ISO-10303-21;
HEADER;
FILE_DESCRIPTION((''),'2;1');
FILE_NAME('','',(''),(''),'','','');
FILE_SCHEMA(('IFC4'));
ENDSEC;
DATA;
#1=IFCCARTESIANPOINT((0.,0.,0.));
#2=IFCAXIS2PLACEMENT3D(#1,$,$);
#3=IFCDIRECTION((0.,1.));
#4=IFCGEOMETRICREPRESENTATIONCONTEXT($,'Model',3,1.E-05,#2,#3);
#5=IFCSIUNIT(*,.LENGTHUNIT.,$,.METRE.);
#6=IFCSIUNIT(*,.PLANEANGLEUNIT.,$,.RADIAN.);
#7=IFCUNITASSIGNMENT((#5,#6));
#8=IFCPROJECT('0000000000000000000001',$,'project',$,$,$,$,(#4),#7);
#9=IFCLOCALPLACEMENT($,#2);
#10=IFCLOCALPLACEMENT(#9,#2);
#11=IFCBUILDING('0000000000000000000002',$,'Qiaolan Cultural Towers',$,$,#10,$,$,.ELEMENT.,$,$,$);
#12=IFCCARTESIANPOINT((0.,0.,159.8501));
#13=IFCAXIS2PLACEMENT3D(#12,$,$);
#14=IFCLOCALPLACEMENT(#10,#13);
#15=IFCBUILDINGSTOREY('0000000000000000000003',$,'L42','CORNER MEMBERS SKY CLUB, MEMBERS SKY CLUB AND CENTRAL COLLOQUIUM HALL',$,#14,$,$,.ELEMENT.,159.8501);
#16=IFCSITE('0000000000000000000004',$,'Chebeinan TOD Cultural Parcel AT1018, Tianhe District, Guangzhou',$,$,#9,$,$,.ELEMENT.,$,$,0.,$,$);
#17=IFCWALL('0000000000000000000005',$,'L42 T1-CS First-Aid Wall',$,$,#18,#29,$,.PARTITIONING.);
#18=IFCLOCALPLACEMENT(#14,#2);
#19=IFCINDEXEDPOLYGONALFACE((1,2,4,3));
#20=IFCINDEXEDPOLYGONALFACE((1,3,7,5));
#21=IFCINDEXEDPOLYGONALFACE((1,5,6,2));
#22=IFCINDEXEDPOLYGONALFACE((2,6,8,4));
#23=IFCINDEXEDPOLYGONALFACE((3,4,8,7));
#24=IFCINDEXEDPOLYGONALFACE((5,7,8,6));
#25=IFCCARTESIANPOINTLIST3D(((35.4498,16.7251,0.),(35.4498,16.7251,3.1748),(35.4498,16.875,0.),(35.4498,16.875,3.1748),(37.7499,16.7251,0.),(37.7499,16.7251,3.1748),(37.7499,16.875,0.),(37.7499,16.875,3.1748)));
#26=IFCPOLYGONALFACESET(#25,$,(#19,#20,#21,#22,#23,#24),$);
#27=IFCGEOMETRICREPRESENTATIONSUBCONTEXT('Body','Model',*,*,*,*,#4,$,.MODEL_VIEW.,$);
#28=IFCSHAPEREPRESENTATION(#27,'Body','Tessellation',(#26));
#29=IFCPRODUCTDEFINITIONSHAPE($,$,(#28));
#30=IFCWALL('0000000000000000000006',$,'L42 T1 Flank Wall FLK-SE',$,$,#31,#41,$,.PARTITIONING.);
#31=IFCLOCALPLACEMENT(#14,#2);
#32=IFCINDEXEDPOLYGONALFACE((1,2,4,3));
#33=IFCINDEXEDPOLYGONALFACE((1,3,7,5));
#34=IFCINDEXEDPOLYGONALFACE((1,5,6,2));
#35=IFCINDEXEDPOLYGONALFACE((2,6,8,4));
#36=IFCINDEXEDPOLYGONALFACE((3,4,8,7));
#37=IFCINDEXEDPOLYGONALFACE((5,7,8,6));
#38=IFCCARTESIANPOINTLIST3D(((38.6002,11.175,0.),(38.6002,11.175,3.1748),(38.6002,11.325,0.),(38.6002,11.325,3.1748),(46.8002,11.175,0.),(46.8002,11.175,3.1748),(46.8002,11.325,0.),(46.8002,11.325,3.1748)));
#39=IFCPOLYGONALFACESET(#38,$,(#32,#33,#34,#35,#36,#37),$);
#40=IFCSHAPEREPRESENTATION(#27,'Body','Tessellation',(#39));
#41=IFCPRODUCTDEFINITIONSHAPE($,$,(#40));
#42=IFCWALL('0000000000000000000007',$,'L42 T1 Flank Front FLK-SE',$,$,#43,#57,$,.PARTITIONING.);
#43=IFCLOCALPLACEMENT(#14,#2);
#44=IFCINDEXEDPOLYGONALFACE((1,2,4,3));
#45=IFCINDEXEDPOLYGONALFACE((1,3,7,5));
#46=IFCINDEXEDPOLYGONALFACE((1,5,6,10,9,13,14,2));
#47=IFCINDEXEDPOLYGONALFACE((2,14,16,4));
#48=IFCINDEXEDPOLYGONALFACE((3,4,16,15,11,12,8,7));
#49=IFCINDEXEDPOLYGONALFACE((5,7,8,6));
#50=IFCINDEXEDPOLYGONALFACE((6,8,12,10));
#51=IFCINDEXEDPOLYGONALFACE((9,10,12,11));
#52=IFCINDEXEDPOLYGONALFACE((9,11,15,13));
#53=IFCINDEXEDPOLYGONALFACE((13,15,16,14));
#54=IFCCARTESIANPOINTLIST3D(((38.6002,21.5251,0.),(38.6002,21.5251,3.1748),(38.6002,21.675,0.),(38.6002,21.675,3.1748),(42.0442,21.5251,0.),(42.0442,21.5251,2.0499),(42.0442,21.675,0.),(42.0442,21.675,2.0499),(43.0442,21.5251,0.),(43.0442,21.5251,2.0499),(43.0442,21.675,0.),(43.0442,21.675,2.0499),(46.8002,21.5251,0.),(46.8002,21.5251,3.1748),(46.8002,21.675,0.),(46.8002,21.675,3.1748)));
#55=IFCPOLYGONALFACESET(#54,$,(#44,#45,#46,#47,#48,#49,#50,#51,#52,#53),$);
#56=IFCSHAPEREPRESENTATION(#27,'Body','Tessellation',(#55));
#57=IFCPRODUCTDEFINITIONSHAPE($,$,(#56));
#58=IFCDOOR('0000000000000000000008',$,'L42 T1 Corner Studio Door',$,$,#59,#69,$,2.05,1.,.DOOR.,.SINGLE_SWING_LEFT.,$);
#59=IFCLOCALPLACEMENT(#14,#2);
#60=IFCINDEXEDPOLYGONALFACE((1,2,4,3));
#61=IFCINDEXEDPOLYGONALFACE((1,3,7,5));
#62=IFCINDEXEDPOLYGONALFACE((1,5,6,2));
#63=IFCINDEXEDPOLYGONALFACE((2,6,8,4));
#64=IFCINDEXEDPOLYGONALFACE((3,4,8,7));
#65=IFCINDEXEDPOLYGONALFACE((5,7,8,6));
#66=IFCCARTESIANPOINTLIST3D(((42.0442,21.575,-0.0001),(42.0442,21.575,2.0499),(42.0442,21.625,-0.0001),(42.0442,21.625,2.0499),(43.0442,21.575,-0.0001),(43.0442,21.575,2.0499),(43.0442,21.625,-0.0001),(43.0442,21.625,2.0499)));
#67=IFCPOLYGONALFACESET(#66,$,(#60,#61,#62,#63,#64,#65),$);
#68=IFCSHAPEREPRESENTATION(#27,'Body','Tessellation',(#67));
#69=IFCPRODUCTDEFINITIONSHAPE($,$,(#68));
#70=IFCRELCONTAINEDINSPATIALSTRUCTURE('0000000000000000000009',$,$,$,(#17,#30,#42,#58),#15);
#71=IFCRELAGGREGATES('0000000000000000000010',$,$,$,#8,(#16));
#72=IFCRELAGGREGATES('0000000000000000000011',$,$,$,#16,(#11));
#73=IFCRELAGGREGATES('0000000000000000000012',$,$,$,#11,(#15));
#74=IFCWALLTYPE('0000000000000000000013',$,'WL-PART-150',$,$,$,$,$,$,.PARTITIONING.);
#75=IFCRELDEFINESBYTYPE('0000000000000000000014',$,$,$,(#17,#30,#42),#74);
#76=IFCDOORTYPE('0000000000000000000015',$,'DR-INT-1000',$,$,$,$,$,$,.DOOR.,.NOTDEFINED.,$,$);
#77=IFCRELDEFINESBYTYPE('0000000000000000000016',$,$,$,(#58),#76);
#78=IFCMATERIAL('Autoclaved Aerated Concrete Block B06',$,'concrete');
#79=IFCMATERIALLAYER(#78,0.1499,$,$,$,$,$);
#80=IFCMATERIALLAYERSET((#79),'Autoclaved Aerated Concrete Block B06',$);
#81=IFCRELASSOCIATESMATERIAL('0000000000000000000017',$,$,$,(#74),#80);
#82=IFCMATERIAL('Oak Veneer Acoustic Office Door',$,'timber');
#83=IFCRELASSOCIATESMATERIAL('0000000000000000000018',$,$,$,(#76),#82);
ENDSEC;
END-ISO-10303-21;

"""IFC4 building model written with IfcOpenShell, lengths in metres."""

from ifc_helpers import new_model, si_unit, direction, frame, frame_2d, origin, place, context, subcontext, project, spatial, rectangle, extrude, material, layer, layer_set, type_object, element, fill, save


model = new_model("IFC4")

# Units and contexts
model_context = context("Model", 3, precision=1e-05, world=origin(), true_north=direction((0.0, 1.0)))
body_context = subcontext(model_context, "Body", "Model", "MODEL_VIEW")
ifc_project = project(units=[si_unit("LENGTHUNIT", "METRE"), si_unit("PLANEANGLEUNIT", "RADIAN")], contexts=[model_context])

# Site, building, storey
site_placement = place(None, origin())
site = spatial("IfcSite", under=ifc_project, at=site_placement, Name="Chebeinan TOD Cultural Parcel AT1018, Tianhe District, Guangzhou", CompositionType="ELEMENT", RefElevation=0.0)
building_placement = place(site_placement, origin())
building = spatial("IfcBuilding", under=site, at=building_placement, Name="Qiaolan Cultural Towers", CompositionType="ELEMENT")
storey_placement = place(building_placement, frame((0.0, 0.0, 159.8501)))
storey = spatial("IfcBuildingStorey", under=building, at=storey_placement, Name="L42", Description="CORNER MEMBERS SKY CLUB, MEMBERS SKY CLUB AND CENTRAL COLLOQUIUM HALL", CompositionType="ELEMENT", Elevation=159.8501)

# Shared definitions
ifc_material_1 = material(Name="Autoclaved Aerated Concrete Block B06", Category="concrete")
ifc_layer_1 = layer(ifc_material_1, 0.1499)
ifc_layer_set_1 = layer_set([ifc_layer_1], Name="Autoclaved Aerated Concrete Block B06")
wall_type_1 = type_object("IfcWallType", Name="WL-PART-150", PredefinedType="PARTITIONING", material=ifc_layer_set_1)

# Walls
wall_1_placement = place(storey_placement, frame((35.45, 16.8, 0.0), z_axis=(0.0, 0.0, 1.0), x_axis=(1.0, 0.0, 0.0)))
element("IfcWall", 1, at=wall_1_placement, inside=storey, type_object=wall_type_1, Name="L42 T1-CS First-Aid Wall", PredefinedType="PARTITIONING", context=body_context, shape_type="SweptSolid", body=[
    extrude(rectangle(XDim=2.3, YDim=0.1499, at=frame_2d((1.1499, 0.0))), origin(), (0.0, 0.0, 1.0), 3.1748),
])
wall_2_placement = place(storey_placement, frame((38.6001, 11.25, 0.0), z_axis=(0.0, 0.0, 1.0), x_axis=(1.0, 0.0, 0.0)))
element("IfcWall", 2, at=wall_2_placement, inside=storey, type_object=wall_type_1, Name="L42 T1 Flank Wall FLK-SE", PredefinedType="PARTITIONING", context=body_context, shape_type="SweptSolid", body=[
    extrude(rectangle(XDim=8.2, YDim=0.1499, at=frame_2d((4.1001, 0.0))), origin(), (0.0, 0.0, 1.0), 3.1748),
])

# Wall, opening, door
wall_3_placement = place(storey_placement, frame((38.6001, 21.6001, 0.0), z_axis=(0.0, 0.0, 1.0), x_axis=(1.0, 0.0, 0.0)))
wall_3 = element("IfcWall", 3, at=wall_3_placement, inside=storey, type_object=wall_type_1, Name="L42 T1 Flank Front FLK-SE", PredefinedType="PARTITIONING", context=body_context, shape_type="SweptSolid", body=[
    extrude(rectangle(XDim=8.2, YDim=0.1499, at=frame_2d((4.1001, 0.0))), origin(), (0.0, 0.0, 1.0), 3.1748),
])
opening_1_placement = place(wall_3_placement, frame((3.4441, 0.0, 0.0)))
opening_1 = element("IfcOpeningElement", 4, at=opening_1_placement, cuts=wall_3, PredefinedType="OPENING", context=body_context, shape_type="SweptSolid", body=[
    extrude(rectangle(XDim=1.0, YDim=2.05, at=frame_2d((0.5, 1.0249))), frame((0.0, 0.085, 0.0), z_axis=(0.0, -1.0, 0.0), x_axis=(1.0, 0.0, 0.0)), (0.0, 0.0, 1.0), 0.1699),
])
ifc_material_2 = material(Name="Oak Veneer Acoustic Office Door", Category="timber")
door_type_1 = type_object("IfcDoorType", Name="DR-INT-1000", OperationType="NOTDEFINED", PredefinedType="DOOR", material=ifc_material_2)
door_1_placement = place(opening_1_placement, origin())
door_1 = element("IfcDoor", 5, at=door_1_placement, inside=storey, type_object=door_type_1, Name="L42 T1 Corner Studio Door", OperationType="SINGLE_SWING_LEFT", OverallHeight=2.05, OverallWidth=1.0, PredefinedType="DOOR", context=body_context, shape_type="SweptSolid", body=[
    extrude(rectangle(XDim=1.0, YDim=2.05, at=frame_2d((0.5, 1.0249))), frame((0.0, 0.0249, 0.0), z_axis=(0.0, -1.0, 0.0), x_axis=(1.0, 0.0, 0.0)), (0.0, 0.0, 1.0), 0.05),
])
fill(opening_1, door_1)

save(model, "model.ifc")
